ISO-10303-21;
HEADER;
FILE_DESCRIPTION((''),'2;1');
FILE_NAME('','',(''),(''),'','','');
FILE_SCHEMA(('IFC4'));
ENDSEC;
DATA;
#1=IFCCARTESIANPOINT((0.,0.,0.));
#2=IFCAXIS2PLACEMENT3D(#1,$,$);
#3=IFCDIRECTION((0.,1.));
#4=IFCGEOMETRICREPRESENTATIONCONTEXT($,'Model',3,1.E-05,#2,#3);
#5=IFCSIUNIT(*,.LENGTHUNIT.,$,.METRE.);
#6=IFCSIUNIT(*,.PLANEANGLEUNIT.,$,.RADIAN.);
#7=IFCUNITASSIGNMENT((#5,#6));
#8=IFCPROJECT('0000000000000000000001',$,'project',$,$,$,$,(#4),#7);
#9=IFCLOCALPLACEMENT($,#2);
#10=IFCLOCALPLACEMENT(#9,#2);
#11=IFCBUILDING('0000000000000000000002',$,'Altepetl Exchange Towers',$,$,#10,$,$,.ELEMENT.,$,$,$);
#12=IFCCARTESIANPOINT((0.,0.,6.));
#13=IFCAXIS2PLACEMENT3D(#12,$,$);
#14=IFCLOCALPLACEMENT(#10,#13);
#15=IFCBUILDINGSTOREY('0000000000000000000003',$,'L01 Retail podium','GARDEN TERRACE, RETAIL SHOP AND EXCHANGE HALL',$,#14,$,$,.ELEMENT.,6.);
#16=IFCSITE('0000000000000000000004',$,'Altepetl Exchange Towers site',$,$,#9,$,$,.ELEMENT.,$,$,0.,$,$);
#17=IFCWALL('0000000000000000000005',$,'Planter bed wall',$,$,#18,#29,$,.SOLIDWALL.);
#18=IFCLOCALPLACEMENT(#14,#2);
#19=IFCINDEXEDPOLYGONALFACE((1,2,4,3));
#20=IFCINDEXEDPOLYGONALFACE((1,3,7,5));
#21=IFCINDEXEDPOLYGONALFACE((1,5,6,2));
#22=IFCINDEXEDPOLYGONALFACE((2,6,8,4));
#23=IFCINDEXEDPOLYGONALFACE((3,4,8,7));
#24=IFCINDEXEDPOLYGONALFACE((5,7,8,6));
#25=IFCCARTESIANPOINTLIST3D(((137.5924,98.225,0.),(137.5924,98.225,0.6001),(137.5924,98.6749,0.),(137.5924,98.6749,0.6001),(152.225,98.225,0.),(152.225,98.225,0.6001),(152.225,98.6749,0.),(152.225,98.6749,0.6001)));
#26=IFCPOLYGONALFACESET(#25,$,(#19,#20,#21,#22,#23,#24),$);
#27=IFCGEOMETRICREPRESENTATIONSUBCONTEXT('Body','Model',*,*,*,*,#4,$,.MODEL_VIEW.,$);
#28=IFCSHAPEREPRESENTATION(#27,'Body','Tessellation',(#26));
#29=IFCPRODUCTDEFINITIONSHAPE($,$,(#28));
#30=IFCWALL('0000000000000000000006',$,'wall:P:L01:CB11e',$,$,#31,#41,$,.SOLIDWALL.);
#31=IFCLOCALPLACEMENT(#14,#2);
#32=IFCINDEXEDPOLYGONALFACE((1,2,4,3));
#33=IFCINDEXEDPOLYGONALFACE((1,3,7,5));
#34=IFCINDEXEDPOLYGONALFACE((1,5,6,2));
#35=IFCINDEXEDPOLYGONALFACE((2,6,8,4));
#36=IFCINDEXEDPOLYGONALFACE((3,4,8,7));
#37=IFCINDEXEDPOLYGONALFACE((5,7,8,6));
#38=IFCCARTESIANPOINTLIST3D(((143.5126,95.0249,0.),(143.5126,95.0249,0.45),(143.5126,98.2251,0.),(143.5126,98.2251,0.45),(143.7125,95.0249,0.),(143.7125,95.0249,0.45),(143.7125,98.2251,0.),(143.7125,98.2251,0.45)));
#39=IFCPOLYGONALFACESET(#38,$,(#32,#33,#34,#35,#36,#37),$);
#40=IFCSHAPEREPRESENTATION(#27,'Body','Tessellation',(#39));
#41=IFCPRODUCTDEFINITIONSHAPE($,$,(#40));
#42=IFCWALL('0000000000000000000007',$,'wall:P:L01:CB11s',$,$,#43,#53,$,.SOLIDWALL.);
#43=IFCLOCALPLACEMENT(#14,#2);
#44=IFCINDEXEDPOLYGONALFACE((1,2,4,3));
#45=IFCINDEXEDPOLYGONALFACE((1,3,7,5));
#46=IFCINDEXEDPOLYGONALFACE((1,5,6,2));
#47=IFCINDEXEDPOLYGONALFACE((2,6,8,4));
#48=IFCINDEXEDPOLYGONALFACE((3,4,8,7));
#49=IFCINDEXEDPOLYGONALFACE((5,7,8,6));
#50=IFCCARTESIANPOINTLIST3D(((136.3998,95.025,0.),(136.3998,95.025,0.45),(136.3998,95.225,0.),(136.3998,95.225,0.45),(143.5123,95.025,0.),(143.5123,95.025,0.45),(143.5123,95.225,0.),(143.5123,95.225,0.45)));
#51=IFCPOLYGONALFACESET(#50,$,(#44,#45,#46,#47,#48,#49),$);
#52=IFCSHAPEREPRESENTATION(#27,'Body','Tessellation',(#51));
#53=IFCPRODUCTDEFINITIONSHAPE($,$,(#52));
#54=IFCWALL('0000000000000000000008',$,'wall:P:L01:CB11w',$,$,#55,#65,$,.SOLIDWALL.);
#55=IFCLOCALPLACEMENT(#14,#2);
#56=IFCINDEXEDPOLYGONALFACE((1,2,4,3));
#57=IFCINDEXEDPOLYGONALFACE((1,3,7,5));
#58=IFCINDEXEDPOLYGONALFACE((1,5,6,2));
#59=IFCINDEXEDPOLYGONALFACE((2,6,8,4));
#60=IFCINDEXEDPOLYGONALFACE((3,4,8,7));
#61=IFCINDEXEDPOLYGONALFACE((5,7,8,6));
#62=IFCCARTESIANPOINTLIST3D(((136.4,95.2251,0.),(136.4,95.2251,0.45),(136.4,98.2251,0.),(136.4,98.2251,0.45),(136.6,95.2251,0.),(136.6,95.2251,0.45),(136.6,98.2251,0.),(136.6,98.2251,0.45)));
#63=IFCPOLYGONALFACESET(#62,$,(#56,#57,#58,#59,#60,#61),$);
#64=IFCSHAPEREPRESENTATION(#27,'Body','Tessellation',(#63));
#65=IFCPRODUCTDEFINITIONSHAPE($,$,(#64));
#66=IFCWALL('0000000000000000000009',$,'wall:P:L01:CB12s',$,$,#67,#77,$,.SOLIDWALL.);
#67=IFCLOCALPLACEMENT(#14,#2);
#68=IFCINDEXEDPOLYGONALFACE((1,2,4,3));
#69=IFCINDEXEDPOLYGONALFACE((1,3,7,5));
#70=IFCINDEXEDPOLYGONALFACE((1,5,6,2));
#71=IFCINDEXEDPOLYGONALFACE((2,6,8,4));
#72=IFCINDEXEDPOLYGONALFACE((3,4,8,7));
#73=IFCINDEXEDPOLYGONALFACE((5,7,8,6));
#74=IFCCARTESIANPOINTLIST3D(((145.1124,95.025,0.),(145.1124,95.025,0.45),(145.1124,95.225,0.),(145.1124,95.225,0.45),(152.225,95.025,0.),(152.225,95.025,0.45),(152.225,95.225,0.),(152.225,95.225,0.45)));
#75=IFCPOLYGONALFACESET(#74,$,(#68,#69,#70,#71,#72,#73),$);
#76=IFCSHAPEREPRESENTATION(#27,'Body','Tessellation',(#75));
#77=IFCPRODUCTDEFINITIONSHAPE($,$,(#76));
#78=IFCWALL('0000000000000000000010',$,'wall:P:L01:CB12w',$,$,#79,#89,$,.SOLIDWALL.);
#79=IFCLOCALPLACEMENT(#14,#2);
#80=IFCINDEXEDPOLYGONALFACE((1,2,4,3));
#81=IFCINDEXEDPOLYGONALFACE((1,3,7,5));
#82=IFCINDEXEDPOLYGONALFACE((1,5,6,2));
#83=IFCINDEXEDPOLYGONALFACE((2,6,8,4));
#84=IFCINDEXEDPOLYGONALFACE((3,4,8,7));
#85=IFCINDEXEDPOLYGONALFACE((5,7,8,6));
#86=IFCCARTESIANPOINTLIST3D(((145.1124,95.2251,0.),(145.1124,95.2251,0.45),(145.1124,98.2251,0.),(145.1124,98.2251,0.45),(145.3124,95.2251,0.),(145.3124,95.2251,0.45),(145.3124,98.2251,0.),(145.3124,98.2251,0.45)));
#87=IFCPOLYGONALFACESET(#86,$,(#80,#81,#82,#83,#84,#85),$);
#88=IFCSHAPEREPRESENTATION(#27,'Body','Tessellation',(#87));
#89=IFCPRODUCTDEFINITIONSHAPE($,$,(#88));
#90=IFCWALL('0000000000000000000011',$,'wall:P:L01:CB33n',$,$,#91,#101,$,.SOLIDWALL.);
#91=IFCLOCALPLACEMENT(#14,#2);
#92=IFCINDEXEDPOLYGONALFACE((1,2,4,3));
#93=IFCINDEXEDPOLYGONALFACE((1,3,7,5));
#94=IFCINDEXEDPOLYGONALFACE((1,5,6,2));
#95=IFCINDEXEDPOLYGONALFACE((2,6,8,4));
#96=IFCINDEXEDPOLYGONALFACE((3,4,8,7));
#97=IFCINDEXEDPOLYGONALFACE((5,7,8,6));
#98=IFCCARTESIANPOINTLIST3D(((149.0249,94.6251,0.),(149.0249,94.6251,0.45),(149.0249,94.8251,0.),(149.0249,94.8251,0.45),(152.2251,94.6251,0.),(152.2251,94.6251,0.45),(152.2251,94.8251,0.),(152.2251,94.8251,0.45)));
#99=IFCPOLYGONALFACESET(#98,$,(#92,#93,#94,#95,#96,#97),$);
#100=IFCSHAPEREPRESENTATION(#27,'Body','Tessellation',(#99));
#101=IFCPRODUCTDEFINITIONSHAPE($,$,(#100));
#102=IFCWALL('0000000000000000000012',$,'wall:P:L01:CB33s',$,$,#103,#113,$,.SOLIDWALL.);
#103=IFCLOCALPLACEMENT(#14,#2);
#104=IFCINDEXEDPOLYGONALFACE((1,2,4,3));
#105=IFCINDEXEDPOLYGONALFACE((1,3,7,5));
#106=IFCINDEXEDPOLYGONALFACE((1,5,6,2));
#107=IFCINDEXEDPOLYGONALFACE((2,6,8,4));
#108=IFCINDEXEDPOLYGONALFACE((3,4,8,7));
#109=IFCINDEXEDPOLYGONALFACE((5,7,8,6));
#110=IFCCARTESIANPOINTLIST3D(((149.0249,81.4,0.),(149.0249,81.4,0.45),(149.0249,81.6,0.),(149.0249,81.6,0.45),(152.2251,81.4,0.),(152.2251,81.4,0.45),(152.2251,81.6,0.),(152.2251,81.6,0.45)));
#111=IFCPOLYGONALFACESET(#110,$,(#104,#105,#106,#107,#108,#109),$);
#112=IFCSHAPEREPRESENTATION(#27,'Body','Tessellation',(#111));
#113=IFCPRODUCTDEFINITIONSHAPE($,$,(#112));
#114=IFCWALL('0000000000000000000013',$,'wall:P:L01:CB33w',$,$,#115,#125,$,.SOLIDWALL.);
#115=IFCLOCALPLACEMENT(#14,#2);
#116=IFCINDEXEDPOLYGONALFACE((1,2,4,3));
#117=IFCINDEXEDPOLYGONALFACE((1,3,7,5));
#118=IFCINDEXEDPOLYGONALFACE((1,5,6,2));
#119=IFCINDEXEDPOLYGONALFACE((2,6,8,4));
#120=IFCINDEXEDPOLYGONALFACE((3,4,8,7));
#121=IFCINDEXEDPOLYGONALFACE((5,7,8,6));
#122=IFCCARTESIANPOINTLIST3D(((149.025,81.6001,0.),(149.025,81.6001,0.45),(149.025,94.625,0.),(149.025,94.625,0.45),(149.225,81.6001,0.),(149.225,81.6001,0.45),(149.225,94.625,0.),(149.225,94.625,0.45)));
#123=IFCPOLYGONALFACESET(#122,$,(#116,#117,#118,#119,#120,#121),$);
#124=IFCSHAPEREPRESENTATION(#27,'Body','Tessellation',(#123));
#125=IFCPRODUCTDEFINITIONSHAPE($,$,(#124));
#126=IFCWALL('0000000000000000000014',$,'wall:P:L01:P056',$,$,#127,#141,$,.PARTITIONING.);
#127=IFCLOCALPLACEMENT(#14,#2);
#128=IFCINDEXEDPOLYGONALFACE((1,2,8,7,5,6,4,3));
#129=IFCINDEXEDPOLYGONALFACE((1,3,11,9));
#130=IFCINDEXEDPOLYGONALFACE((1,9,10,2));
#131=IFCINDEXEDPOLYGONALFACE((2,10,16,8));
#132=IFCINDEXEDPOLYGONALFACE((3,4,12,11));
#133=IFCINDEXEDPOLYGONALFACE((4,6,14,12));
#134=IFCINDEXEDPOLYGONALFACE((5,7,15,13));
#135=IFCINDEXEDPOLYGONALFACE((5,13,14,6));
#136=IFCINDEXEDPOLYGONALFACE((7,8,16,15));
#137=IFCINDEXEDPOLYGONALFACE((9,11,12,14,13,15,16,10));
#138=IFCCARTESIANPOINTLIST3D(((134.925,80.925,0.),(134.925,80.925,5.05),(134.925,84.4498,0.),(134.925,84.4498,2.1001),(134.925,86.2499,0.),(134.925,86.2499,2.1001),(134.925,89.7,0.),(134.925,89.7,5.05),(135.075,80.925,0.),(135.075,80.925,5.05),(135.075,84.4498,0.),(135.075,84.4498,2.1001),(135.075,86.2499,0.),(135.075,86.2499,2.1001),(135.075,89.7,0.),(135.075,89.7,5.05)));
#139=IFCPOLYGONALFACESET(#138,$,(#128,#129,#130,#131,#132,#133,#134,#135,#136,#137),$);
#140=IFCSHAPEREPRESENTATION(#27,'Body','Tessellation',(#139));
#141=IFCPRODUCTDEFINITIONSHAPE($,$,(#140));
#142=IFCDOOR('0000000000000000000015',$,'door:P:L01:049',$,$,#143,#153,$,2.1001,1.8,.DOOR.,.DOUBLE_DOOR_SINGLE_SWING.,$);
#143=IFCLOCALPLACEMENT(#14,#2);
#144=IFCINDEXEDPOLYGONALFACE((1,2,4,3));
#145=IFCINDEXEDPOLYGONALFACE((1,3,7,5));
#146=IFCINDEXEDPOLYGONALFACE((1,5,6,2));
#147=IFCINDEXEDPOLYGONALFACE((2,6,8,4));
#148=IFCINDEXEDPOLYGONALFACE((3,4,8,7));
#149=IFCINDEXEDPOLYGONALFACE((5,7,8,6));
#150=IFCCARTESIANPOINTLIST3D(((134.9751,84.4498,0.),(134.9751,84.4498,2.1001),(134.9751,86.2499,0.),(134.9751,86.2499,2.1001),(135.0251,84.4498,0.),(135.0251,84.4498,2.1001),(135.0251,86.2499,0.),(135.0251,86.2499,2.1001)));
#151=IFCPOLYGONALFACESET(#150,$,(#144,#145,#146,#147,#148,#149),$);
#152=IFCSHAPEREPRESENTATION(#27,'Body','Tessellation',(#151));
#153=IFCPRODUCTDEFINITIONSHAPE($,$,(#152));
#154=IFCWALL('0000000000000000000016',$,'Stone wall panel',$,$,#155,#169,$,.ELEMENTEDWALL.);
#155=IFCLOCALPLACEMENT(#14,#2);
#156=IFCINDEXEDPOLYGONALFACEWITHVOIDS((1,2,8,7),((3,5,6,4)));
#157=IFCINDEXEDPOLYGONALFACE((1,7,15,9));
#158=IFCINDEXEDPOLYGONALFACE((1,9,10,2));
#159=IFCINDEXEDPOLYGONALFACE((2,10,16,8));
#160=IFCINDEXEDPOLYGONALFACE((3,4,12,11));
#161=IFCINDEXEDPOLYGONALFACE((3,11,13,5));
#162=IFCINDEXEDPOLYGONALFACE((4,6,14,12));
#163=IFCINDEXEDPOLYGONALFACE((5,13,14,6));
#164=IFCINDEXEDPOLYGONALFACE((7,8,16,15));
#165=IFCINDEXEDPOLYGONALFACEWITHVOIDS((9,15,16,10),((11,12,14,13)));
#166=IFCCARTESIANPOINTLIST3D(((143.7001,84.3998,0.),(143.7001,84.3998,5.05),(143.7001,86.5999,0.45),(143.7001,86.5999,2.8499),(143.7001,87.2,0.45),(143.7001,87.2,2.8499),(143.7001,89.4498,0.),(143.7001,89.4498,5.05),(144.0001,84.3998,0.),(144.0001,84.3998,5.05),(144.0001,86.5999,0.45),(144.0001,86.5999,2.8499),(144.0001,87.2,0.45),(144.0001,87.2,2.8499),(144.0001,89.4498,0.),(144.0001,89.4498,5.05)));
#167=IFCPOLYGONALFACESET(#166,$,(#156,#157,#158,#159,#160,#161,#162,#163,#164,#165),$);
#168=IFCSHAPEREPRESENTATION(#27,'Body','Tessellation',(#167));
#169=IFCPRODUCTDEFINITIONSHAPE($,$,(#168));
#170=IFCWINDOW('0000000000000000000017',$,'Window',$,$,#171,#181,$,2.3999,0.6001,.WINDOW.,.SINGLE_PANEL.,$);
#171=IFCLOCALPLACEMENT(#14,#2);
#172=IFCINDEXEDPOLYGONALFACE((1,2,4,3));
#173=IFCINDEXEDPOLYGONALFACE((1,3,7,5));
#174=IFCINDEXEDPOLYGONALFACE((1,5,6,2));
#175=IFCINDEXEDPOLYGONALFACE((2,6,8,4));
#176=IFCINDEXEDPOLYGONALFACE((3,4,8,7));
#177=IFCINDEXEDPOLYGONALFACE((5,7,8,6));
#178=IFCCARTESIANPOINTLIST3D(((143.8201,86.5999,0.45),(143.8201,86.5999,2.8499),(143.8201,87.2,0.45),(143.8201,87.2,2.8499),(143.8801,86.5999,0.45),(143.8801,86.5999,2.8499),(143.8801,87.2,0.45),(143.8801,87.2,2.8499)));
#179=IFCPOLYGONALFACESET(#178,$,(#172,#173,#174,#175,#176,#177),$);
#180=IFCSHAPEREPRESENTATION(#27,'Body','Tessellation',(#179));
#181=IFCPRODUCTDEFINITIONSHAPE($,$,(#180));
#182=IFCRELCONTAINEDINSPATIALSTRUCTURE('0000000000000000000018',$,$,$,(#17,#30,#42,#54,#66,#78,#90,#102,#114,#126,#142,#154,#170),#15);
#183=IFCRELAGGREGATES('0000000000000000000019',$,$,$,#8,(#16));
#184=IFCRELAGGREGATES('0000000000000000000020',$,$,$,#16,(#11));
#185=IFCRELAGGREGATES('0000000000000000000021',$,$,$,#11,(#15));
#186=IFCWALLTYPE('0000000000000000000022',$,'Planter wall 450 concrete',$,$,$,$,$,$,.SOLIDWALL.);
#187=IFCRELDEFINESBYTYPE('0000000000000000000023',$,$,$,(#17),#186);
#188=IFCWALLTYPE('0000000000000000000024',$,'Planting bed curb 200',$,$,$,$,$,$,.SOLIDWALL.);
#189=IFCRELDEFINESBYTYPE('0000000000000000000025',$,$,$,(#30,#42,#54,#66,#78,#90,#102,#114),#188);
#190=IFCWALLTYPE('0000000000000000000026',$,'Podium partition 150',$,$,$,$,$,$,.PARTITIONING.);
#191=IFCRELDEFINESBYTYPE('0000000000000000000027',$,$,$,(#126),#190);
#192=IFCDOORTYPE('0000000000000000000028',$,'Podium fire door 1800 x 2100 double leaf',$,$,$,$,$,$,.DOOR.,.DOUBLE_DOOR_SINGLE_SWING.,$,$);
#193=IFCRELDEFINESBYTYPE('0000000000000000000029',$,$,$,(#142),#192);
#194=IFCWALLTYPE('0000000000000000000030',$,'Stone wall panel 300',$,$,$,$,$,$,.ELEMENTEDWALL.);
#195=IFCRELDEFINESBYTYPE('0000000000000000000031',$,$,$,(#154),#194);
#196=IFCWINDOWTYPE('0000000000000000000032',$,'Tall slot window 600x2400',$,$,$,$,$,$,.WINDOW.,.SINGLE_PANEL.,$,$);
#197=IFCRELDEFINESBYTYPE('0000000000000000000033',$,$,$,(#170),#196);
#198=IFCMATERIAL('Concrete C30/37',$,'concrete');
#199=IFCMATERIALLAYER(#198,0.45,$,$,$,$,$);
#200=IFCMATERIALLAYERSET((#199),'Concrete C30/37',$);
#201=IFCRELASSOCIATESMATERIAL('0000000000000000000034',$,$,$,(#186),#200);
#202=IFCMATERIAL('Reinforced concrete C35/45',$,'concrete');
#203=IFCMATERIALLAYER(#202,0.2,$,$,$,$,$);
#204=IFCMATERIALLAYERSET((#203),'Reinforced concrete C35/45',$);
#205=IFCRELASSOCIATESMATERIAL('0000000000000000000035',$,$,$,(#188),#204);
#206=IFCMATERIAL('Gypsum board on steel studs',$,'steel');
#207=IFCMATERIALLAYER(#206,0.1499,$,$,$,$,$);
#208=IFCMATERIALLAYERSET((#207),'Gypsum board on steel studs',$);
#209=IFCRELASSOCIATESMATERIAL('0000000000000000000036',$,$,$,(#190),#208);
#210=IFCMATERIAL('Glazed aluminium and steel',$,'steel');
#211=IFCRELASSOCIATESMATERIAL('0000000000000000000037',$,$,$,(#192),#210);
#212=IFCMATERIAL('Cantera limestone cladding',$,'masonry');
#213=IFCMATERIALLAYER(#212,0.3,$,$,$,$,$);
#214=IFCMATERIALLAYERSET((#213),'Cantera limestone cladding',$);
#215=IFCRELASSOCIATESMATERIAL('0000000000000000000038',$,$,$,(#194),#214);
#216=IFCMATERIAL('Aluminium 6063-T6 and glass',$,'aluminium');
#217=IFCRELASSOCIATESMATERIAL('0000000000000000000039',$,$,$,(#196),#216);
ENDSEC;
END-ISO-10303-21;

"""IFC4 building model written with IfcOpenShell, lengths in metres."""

from ifc_helpers import new_model, si_unit, direction, frame, frame_2d, origin, place, context, subcontext, project, spatial, rectangle, extrude, material, layer, layer_set, type_object, element, fill, save


model = new_model("IFC4")

# Units and contexts
model_context = context("Model", 3, precision=1e-05, world=origin(), true_north=direction((0.0, 1.0)))
body_context = subcontext(model_context, "Body", "Model", "MODEL_VIEW")
ifc_project = project(units=[si_unit("LENGTHUNIT", "METRE"), si_unit("PLANEANGLEUNIT", "RADIAN")], contexts=[model_context])

# Site, building, storey
site_placement = place(None, origin())
site = spatial("IfcSite", under=ifc_project, at=site_placement, Name="Altepetl Exchange Towers site", CompositionType="ELEMENT", RefElevation=0.0)
building_placement = place(site_placement, origin())
building = spatial("IfcBuilding", under=site, at=building_placement, Name="Altepetl Exchange Towers", CompositionType="ELEMENT")
storey_placement = place(building_placement, frame((0.0, 0.0, 6.0)))
storey = spatial("IfcBuildingStorey", under=building, at=storey_placement, Name="L01 Retail podium", Description="GARDEN TERRACE, RETAIL SHOP AND EXCHANGE HALL", CompositionType="ELEMENT", Elevation=6.0)

# Shared definitions
ifc_material_1 = material(Name="Reinforced concrete C35/45", Category="concrete")
ifc_material_2 = material(Name="Aluminium 6063-T6 and glass", Category="aluminium")

# Walls
ifc_material_3 = material(Name="Concrete C30/37", Category="concrete")
ifc_layer_1 = layer(ifc_material_3, 0.45)
ifc_layer_set_1 = layer_set([ifc_layer_1], Name="Concrete C30/37")
wall_type_1 = type_object("IfcWallType", Name="Planter wall 450 concrete", PredefinedType="SOLIDWALL", material=ifc_layer_set_1)
wall_1_placement = place(storey_placement, frame((152.2251, 98.45, 0.0), z_axis=(0.0, 0.0, 1.0), x_axis=(-1.0, 0.0, 0.0)))
element("IfcWall", 1, at=wall_1_placement, inside=storey, type_object=wall_type_1, Name="Planter bed wall", PredefinedType="SOLIDWALL", context=body_context, shape_type="SweptSolid", body=[
    extrude(rectangle(XDim=14.6326, YDim=0.45, at=frame_2d((7.3164, 0.0))), origin(), (0.0, 0.0, 1.0), 0.6001),
])
ifc_layer_2 = layer(ifc_material_1, 0.2)
ifc_layer_set_2 = layer_set([ifc_layer_2], Name="Reinforced concrete C35/45")
wall_type_2 = type_object("IfcWallType", Name="Planting bed curb 200", PredefinedType="SOLIDWALL", material=ifc_layer_set_2)
wall_2_placement = place(storey_placement, frame((143.6125, 95.0249, 0.0), z_axis=(0.0, 0.0, 1.0), x_axis=(0.0, 1.0, 0.0)))
element("IfcWall", 2, at=wall_2_placement, inside=storey, type_object=wall_type_2, Name="wall:P:L01:CB11e", PredefinedType="SOLIDWALL", context=body_context, shape_type="SweptSolid", body=[
    extrude(rectangle(XDim=3.2002, YDim=0.2, at=frame_2d((1.6001, 0.0))), origin(), (0.0, 0.0, 1.0), 0.45),
])
wall_3_placement = place(storey_placement, frame((136.3999, 95.125, 0.0)))
element("IfcWall", 3, at=wall_3_placement, inside=storey, type_object=wall_type_2, Name="wall:P:L01:CB11s", PredefinedType="SOLIDWALL", context=body_context, shape_type="SweptSolid", body=[
    extrude(rectangle(XDim=7.1125, YDim=0.2, at=frame_2d((3.5562, 0.0))), origin(), (0.0, 0.0, 1.0), 0.45),
])
wall_4_placement = place(storey_placement, frame((136.5, 95.2251, 0.0), z_axis=(0.0, 0.0, 1.0), x_axis=(0.0, 1.0, 0.0)))
element("IfcWall", 4, at=wall_4_placement, inside=storey, type_object=wall_type_2, Name="wall:P:L01:CB11w", PredefinedType="SOLIDWALL", context=body_context, shape_type="SweptSolid", body=[
    extrude(rectangle(XDim=3.0, YDim=0.2, at=frame_2d((1.5, 0.0))), origin(), (0.0, 0.0, 1.0), 0.45),
])
wall_5_placement = place(storey_placement, frame((145.1125, 95.125, 0.0)))
element("IfcWall", 5, at=wall_5_placement, inside=storey, type_object=wall_type_2, Name="wall:P:L01:CB12s", PredefinedType="SOLIDWALL", context=body_context, shape_type="SweptSolid", body=[
    extrude(rectangle(XDim=7.1125, YDim=0.2, at=frame_2d((3.5562, 0.0))), origin(), (0.0, 0.0, 1.0), 0.45),
])
wall_6_placement = place(storey_placement, frame((145.2124, 95.2251, 0.0), z_axis=(0.0, 0.0, 1.0), x_axis=(0.0, 1.0, 0.0)))
element("IfcWall", 6, at=wall_6_placement, inside=storey, type_object=wall_type_2, Name="wall:P:L01:CB12w", PredefinedType="SOLIDWALL", context=body_context, shape_type="SweptSolid", body=[
    extrude(rectangle(XDim=3.0, YDim=0.2, at=frame_2d((1.5, 0.0))), origin(), (0.0, 0.0, 1.0), 0.45),
])
for number, where, name in (
    (7, (149.0249, 94.7251, 0.0), "wall:P:L01:CB33n"),
    (8, (149.0249, 81.5, 0.0), "wall:P:L01:CB33s"),
):
    element("IfcWall", number, at=place(storey_placement, frame(where)), inside=storey, type_object=wall_type_2, Name=name, PredefinedType="SOLIDWALL", context=body_context, shape_type="SweptSolid", body=[
        extrude(rectangle(XDim=3.2002, YDim=0.2, at=frame_2d((1.6001, 0.0))), origin(), (0.0, 0.0, 1.0), 0.45),
    ])
wall_7_placement = place(storey_placement, frame((149.125, 81.6001, 0.0), z_axis=(0.0, 0.0, 1.0), x_axis=(0.0, 1.0, 0.0)))
element("IfcWall", 9, at=wall_7_placement, inside=storey, type_object=wall_type_2, Name="wall:P:L01:CB33w", PredefinedType="SOLIDWALL", context=body_context, shape_type="SweptSolid", body=[
    extrude(rectangle(XDim=13.0249, YDim=0.2, at=frame_2d((6.5125, 0.0))), origin(), (0.0, 0.0, 1.0), 0.45),
])

# Wall, opening, door
ifc_material_4 = material(Name="Gypsum board on steel studs", Category="steel")
ifc_layer_3 = layer(ifc_material_4, 0.1499)
ifc_layer_set_3 = layer_set([ifc_layer_3], Name="Gypsum board on steel studs")
wall_type_3 = type_object("IfcWallType", Name="Podium partition 150", PredefinedType="PARTITIONING", material=ifc_layer_set_3)
wall_8_placement = place(storey_placement, frame((135.0, 80.925, 0.0), z_axis=(0.0, 0.0, 1.0), x_axis=(0.0, 1.0, 0.0)))
wall_8 = element("IfcWall", 10, at=wall_8_placement, inside=storey, type_object=wall_type_3, Name="wall:P:L01:P056", PredefinedType="PARTITIONING", context=body_context, shape_type="SweptSolid", body=[
    extrude(rectangle(XDim=8.7749, YDim=0.1499, at=frame_2d((4.3875, 0.0))), origin(), (0.0, 0.0, 1.0), 5.05),
])
opening_1_placement = place(wall_8_placement, frame((3.5249, 0.0, 0.0)))
opening_1 = element("IfcOpeningElement", 11, at=opening_1_placement, cuts=wall_8, PredefinedType="OPENING", context=body_context, shape_type="SweptSolid", body=[
    extrude(rectangle(XDim=1.8, YDim=2.1001, at=frame_2d((0.8999, 1.05))), frame((0.0, 0.085, 0.0), z_axis=(0.0, -1.0, 0.0), x_axis=(1.0, 0.0, 0.0)), (0.0, 0.0, 1.0), 0.1699),
])
ifc_material_5 = material(Name="Glazed aluminium and steel", Category="steel")
door_type_1 = type_object("IfcDoorType", Name="Podium fire door 1800 x 2100 double leaf", OperationType="DOUBLE_DOOR_SINGLE_SWING", PredefinedType="DOOR", material=ifc_material_5)
door_1_placement = place(opening_1_placement, origin())
door_1 = element("IfcDoor", 12, at=door_1_placement, inside=storey, type_object=door_type_1, Name="door:P:L01:049", OperationType="DOUBLE_DOOR_SINGLE_SWING", OverallHeight=2.1001, OverallWidth=1.8, PredefinedType="DOOR", context=body_context, shape_type="SweptSolid", body=[
    extrude(rectangle(XDim=1.8, YDim=2.1001, at=frame_2d((0.8999, 1.05))), frame((0.0, 0.0249, 0.0), z_axis=(0.0, -1.0, 0.0), x_axis=(1.0, 0.0, 0.0)), (0.0, 0.0, 1.0), 0.05),
])
fill(opening_1, door_1)

# Wall, opening, window
ifc_material_6 = material(Name="Cantera limestone cladding", Category="masonry")
ifc_layer_4 = layer(ifc_material_6, 0.3)
ifc_layer_set_4 = layer_set([ifc_layer_4], Name="Cantera limestone cladding")
wall_type_4 = type_object("IfcWallType", Name="Stone wall panel 300", PredefinedType="ELEMENTEDWALL", material=ifc_layer_set_4)
wall_9_placement = place(storey_placement, frame((143.8501, 84.3999, 0.0), z_axis=(0.0, 0.0, 1.0), x_axis=(0.0, 1.0, 0.0)))
wall_9 = element("IfcWall", 13, at=wall_9_placement, inside=storey, type_object=wall_type_4, Name="Stone wall panel", PredefinedType="ELEMENTEDWALL", context=body_context, shape_type="SweptSolid", body=[
    extrude(rectangle(XDim=5.05, YDim=0.3, at=frame_2d((2.5249, 0.0))), origin(), (0.0, 0.0, 1.0), 5.05),
])
opening_2_placement = place(wall_9_placement, frame((2.2, 0.0, 0.45)))
opening_2 = element("IfcOpeningElement", 14, at=opening_2_placement, cuts=wall_9, PredefinedType="OPENING", context=body_context, shape_type="SweptSolid", body=[
    extrude(rectangle(XDim=0.6001, YDim=2.3999, at=frame_2d((0.3, 1.2))), frame((0.0, 0.1602, 0.0), z_axis=(0.0, -1.0, 0.0), x_axis=(1.0, 0.0, 0.0)), (0.0, 0.0, 1.0), 0.3201),
])
window_type_1 = type_object("IfcWindowType", Name="Tall slot window 600x2400", PartitioningType="SINGLE_PANEL", PredefinedType="WINDOW", material=ifc_material_2)
window_1_placement = place(opening_2_placement, origin())
window_1 = element("IfcWindow", 15, at=window_1_placement, inside=storey, type_object=window_type_1, Name="Window", OverallHeight=2.3999, OverallWidth=0.6001, PartitioningType="SINGLE_PANEL", PredefinedType="WINDOW", context=body_context, shape_type="SweptSolid", body=[
    extrude(rectangle(XDim=0.6001, YDim=2.3999, at=frame_2d((0.3, 1.2))), frame((0.0, 0.03, 0.0), z_axis=(0.0, -1.0, 0.0), x_axis=(1.0, 0.0, 0.0)), (0.0, 0.0, 1.0), 0.0601),
])
fill(opening_2, window_1)

save(model, "model.ifc")
